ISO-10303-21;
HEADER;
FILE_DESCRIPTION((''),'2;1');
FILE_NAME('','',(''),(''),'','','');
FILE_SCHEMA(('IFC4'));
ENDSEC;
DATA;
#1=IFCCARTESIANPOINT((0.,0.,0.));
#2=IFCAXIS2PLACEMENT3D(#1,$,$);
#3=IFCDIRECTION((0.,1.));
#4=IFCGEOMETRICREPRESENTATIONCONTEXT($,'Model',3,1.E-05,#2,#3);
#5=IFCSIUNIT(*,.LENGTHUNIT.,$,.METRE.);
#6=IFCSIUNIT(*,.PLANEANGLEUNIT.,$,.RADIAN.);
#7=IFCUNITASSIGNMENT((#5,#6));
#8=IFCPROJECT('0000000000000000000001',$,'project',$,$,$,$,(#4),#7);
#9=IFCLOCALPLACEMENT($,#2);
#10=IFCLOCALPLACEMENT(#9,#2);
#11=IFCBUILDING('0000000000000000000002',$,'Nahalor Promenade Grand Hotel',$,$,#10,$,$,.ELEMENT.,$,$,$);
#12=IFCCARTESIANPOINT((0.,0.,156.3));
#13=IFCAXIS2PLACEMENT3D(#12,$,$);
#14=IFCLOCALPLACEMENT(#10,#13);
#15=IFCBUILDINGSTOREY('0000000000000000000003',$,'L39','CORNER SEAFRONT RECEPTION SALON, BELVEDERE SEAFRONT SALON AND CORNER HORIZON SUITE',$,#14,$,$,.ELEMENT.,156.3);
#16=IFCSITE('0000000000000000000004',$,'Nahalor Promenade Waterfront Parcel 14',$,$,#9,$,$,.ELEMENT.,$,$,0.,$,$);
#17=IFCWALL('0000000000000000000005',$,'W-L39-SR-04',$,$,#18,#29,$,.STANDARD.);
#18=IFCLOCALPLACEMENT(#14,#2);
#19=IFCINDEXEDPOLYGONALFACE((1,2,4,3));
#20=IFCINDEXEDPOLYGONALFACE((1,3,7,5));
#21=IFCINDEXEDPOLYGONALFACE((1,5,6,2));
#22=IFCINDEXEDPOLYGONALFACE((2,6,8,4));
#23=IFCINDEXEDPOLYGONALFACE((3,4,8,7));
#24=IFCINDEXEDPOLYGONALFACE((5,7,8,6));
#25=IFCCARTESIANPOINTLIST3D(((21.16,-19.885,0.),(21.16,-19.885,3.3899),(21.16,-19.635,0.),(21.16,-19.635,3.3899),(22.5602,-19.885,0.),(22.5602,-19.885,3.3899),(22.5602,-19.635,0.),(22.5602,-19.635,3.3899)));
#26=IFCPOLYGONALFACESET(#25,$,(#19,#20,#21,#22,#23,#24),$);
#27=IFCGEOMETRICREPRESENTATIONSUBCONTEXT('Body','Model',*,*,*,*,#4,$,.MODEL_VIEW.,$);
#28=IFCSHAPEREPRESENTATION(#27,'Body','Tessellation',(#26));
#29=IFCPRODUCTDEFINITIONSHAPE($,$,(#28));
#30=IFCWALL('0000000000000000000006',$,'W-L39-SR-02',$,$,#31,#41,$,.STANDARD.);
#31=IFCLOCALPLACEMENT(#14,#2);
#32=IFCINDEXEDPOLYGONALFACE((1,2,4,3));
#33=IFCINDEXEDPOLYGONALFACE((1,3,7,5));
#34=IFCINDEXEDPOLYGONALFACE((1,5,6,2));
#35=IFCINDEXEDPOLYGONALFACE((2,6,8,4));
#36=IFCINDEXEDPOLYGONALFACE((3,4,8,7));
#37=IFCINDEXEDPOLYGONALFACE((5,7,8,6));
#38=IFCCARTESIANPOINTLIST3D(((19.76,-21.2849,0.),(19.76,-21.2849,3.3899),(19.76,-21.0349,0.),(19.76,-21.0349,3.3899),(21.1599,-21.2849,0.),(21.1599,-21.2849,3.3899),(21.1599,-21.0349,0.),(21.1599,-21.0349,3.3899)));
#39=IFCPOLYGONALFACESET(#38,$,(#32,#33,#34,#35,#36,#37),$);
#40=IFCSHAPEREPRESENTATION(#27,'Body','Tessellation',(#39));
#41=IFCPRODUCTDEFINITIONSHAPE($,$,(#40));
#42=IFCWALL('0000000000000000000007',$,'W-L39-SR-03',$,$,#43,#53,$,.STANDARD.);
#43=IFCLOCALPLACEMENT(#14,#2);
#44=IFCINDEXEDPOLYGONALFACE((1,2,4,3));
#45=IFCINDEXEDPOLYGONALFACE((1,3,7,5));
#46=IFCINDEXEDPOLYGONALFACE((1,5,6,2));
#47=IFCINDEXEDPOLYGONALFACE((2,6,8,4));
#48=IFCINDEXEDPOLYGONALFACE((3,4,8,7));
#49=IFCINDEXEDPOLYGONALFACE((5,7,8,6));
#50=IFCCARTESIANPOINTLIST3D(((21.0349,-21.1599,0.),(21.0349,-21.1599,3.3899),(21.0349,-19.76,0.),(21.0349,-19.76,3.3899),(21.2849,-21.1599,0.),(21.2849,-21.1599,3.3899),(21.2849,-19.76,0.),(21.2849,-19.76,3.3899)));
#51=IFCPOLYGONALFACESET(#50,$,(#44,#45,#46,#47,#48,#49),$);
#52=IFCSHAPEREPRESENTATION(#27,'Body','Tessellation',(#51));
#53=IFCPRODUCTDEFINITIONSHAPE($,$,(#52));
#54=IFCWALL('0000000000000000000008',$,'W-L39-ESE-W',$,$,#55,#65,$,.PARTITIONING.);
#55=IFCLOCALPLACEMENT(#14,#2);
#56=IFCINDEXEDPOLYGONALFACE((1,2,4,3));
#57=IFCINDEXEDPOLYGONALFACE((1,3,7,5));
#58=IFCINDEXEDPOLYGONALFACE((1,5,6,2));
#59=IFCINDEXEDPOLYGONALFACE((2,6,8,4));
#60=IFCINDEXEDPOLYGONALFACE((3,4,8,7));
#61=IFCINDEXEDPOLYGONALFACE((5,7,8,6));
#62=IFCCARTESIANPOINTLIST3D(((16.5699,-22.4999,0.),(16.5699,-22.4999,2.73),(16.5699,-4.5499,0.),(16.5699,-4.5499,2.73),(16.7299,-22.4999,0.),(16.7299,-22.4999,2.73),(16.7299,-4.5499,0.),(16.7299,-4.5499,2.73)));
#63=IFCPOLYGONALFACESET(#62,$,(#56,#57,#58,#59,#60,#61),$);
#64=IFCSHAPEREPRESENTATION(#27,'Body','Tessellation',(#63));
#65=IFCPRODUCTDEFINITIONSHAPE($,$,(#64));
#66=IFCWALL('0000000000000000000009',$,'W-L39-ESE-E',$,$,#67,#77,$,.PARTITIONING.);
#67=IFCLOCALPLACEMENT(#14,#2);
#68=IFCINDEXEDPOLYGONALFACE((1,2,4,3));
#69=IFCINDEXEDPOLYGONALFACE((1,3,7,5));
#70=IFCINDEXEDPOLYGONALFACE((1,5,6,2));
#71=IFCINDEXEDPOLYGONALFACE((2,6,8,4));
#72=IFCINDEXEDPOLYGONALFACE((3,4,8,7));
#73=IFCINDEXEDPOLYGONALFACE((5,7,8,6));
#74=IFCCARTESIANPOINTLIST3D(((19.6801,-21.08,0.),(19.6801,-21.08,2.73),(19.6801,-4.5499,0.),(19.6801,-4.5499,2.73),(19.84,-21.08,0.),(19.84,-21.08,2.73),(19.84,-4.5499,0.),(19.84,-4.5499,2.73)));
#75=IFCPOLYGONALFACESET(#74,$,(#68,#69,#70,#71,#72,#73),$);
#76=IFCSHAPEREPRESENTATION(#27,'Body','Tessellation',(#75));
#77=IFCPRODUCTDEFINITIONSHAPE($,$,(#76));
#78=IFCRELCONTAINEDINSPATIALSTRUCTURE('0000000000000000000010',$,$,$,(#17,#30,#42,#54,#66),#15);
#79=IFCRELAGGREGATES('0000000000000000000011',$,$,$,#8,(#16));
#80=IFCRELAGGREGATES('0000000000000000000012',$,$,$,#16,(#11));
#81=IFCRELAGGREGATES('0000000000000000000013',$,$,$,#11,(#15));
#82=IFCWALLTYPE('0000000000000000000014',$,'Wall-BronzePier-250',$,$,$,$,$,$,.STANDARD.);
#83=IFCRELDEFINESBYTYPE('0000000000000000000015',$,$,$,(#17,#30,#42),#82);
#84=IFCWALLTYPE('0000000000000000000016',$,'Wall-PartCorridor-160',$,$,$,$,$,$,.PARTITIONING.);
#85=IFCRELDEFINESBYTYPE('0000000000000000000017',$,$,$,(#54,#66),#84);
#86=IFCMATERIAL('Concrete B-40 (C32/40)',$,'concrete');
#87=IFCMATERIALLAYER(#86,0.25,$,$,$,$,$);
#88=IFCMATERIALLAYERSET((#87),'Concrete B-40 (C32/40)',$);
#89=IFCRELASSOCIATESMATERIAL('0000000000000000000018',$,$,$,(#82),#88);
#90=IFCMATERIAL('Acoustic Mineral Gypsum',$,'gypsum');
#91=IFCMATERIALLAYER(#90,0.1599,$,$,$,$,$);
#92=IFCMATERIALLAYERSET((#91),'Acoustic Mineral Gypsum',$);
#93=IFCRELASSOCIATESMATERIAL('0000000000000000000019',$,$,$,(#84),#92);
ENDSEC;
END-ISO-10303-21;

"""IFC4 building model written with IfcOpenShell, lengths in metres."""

from ifc_helpers import new_model, si_unit, direction, frame, frame_2d, origin, place, context, subcontext, project, spatial, rectangle, extrude, source, transform, mapped, material, layer, layer_set, type_object, element, save


model = new_model("IFC4")

# Units and contexts
model_context = context("Model", 3, precision=1e-05, world=origin(), true_north=direction((0.0, 1.0)))
body_context = subcontext(model_context, "Body", "Model", "MODEL_VIEW")
ifc_project = project(units=[si_unit("LENGTHUNIT", "METRE"), si_unit("PLANEANGLEUNIT", "RADIAN")], contexts=[model_context])

# Site, building, storey
site_placement = place(None, origin())
site = spatial("IfcSite", under=ifc_project, at=site_placement, Name="Nahalor Promenade Waterfront Parcel 14", CompositionType="ELEMENT", RefElevation=0.0)
building_placement = place(site_placement, origin())
building = spatial("IfcBuilding", under=site, at=building_placement, Name="Nahalor Promenade Grand Hotel", CompositionType="ELEMENT")
storey_placement = place(building_placement, frame((0.0, 0.0, 156.3)))
storey = spatial("IfcBuildingStorey", under=building, at=storey_placement, Name="L39", Description="CORNER SEAFRONT RECEPTION SALON, BELVEDERE SEAFRONT SALON AND CORNER HORIZON SUITE", CompositionType="ELEMENT", Elevation=156.3)

# Walls
ifc_material_1 = material(Name="Concrete B-40 (C32/40)", Category="concrete")
ifc_layer_1 = layer(ifc_material_1, 0.25)
ifc_layer_set_1 = layer_set([ifc_layer_1], Name="Concrete B-40 (C32/40)")
wall_type_1 = type_object("IfcWallType", Name="Wall-BronzePier-250", PredefinedType="STANDARD", material=ifc_layer_set_1)
shared_shape_1 = source(origin(), body_context, "Body", "SweptSolid", [
    extrude(rectangle(XDim=1.4001, YDim=0.25, at=frame_2d((0.7002, 0.0))), origin(), (0.0, 0.0, 1.0), 3.3899),
])
for number, where, z_axis, x_axis, name in (
    (1, (21.1599, -19.76, 0.0), (0.0, 0.0, 1.0), (1.0, 0.0, 0.0), "W-L39-SR-04"),
):
    element("IfcWall", number, at=place(storey_placement, frame(where, z_axis=z_axis, x_axis=x_axis)), inside=storey, type_object=wall_type_1, Name=name, PredefinedType="STANDARD", context=body_context, shape_type="MappedRepresentation", body=[
        mapped(shared_shape_1, transform((0.0, 0.0, 0.0), scale=1.0)),
    ])
shared_shape_2 = source(origin(), body_context, "Body", "SweptSolid", [
    extrude(rectangle(XDim=1.3999, YDim=0.25, at=frame_2d((0.7, 0.0))), origin(), (0.0, 0.0, 1.0), 3.3899),
])
for number, where, z_axis, x_axis, name in (
    (2, (19.76, -21.1599, 0.0), (0.0, 0.0, 1.0), (1.0, 0.0, 0.0), "W-L39-SR-02"),
    (3, (21.1599, -21.1599, 0.0), (0.0, 0.0, 1.0), (0.0, 1.0, 0.0), "W-L39-SR-03"),
):
    element("IfcWall", number, at=place(storey_placement, frame(where, z_axis=z_axis, x_axis=x_axis)), inside=storey, type_object=wall_type_1, Name=name, PredefinedType="STANDARD", context=body_context, shape_type="MappedRepresentation", body=[
        mapped(shared_shape_2, transform((0.0, 0.0, 0.0), scale=1.0)),
    ])
ifc_material_2 = material(Name="Acoustic Mineral Gypsum", Category="gypsum")
ifc_layer_2 = layer(ifc_material_2, 0.1599)
ifc_layer_set_2 = layer_set([ifc_layer_2], Name="Acoustic Mineral Gypsum")
wall_type_2 = type_object("IfcWallType", Name="Wall-PartCorridor-160", PredefinedType="PARTITIONING", material=ifc_layer_set_2)
shared_shape_3 = source(origin(), body_context, "Body", "SweptSolid", [
    extrude(rectangle(XDim=17.95, YDim=0.1599, at=frame_2d((8.9751, 0.0))), origin(), (0.0, 0.0, 1.0), 2.73),
])
wall_1_placement = place(storey_placement, frame((16.6499, -22.5, 0.0), z_axis=(0.0, 0.0, 1.0), x_axis=(0.0, 1.0, 0.0)))
element("IfcWall", 4, at=wall_1_placement, inside=storey, type_object=wall_type_2, Name="W-L39-ESE-W", PredefinedType="PARTITIONING", context=body_context, shape_type="MappedRepresentation", body=[
    mapped(shared_shape_3, transform((0.0, 0.0, 0.0), scale=1.0)),
])
shared_shape_4 = source(origin(), body_context, "Body", "SweptSolid", [
    extrude(rectangle(XDim=16.53, YDim=0.1599, at=frame_2d((8.2651, 0.0))), origin(), (0.0, 0.0, 1.0), 2.73),
])
wall_2_placement = place(storey_placement, frame((19.76, -21.0801, 0.0), z_axis=(0.0, 0.0, 1.0), x_axis=(0.0, 1.0, 0.0)))
element("IfcWall", 5, at=wall_2_placement, inside=storey, type_object=wall_type_2, Name="W-L39-ESE-E", PredefinedType="PARTITIONING", context=body_context, shape_type="MappedRepresentation", body=[
    mapped(shared_shape_4, transform((0.0, 0.0, 0.0), scale=1.0)),
])

save(model, "model.ifc")
